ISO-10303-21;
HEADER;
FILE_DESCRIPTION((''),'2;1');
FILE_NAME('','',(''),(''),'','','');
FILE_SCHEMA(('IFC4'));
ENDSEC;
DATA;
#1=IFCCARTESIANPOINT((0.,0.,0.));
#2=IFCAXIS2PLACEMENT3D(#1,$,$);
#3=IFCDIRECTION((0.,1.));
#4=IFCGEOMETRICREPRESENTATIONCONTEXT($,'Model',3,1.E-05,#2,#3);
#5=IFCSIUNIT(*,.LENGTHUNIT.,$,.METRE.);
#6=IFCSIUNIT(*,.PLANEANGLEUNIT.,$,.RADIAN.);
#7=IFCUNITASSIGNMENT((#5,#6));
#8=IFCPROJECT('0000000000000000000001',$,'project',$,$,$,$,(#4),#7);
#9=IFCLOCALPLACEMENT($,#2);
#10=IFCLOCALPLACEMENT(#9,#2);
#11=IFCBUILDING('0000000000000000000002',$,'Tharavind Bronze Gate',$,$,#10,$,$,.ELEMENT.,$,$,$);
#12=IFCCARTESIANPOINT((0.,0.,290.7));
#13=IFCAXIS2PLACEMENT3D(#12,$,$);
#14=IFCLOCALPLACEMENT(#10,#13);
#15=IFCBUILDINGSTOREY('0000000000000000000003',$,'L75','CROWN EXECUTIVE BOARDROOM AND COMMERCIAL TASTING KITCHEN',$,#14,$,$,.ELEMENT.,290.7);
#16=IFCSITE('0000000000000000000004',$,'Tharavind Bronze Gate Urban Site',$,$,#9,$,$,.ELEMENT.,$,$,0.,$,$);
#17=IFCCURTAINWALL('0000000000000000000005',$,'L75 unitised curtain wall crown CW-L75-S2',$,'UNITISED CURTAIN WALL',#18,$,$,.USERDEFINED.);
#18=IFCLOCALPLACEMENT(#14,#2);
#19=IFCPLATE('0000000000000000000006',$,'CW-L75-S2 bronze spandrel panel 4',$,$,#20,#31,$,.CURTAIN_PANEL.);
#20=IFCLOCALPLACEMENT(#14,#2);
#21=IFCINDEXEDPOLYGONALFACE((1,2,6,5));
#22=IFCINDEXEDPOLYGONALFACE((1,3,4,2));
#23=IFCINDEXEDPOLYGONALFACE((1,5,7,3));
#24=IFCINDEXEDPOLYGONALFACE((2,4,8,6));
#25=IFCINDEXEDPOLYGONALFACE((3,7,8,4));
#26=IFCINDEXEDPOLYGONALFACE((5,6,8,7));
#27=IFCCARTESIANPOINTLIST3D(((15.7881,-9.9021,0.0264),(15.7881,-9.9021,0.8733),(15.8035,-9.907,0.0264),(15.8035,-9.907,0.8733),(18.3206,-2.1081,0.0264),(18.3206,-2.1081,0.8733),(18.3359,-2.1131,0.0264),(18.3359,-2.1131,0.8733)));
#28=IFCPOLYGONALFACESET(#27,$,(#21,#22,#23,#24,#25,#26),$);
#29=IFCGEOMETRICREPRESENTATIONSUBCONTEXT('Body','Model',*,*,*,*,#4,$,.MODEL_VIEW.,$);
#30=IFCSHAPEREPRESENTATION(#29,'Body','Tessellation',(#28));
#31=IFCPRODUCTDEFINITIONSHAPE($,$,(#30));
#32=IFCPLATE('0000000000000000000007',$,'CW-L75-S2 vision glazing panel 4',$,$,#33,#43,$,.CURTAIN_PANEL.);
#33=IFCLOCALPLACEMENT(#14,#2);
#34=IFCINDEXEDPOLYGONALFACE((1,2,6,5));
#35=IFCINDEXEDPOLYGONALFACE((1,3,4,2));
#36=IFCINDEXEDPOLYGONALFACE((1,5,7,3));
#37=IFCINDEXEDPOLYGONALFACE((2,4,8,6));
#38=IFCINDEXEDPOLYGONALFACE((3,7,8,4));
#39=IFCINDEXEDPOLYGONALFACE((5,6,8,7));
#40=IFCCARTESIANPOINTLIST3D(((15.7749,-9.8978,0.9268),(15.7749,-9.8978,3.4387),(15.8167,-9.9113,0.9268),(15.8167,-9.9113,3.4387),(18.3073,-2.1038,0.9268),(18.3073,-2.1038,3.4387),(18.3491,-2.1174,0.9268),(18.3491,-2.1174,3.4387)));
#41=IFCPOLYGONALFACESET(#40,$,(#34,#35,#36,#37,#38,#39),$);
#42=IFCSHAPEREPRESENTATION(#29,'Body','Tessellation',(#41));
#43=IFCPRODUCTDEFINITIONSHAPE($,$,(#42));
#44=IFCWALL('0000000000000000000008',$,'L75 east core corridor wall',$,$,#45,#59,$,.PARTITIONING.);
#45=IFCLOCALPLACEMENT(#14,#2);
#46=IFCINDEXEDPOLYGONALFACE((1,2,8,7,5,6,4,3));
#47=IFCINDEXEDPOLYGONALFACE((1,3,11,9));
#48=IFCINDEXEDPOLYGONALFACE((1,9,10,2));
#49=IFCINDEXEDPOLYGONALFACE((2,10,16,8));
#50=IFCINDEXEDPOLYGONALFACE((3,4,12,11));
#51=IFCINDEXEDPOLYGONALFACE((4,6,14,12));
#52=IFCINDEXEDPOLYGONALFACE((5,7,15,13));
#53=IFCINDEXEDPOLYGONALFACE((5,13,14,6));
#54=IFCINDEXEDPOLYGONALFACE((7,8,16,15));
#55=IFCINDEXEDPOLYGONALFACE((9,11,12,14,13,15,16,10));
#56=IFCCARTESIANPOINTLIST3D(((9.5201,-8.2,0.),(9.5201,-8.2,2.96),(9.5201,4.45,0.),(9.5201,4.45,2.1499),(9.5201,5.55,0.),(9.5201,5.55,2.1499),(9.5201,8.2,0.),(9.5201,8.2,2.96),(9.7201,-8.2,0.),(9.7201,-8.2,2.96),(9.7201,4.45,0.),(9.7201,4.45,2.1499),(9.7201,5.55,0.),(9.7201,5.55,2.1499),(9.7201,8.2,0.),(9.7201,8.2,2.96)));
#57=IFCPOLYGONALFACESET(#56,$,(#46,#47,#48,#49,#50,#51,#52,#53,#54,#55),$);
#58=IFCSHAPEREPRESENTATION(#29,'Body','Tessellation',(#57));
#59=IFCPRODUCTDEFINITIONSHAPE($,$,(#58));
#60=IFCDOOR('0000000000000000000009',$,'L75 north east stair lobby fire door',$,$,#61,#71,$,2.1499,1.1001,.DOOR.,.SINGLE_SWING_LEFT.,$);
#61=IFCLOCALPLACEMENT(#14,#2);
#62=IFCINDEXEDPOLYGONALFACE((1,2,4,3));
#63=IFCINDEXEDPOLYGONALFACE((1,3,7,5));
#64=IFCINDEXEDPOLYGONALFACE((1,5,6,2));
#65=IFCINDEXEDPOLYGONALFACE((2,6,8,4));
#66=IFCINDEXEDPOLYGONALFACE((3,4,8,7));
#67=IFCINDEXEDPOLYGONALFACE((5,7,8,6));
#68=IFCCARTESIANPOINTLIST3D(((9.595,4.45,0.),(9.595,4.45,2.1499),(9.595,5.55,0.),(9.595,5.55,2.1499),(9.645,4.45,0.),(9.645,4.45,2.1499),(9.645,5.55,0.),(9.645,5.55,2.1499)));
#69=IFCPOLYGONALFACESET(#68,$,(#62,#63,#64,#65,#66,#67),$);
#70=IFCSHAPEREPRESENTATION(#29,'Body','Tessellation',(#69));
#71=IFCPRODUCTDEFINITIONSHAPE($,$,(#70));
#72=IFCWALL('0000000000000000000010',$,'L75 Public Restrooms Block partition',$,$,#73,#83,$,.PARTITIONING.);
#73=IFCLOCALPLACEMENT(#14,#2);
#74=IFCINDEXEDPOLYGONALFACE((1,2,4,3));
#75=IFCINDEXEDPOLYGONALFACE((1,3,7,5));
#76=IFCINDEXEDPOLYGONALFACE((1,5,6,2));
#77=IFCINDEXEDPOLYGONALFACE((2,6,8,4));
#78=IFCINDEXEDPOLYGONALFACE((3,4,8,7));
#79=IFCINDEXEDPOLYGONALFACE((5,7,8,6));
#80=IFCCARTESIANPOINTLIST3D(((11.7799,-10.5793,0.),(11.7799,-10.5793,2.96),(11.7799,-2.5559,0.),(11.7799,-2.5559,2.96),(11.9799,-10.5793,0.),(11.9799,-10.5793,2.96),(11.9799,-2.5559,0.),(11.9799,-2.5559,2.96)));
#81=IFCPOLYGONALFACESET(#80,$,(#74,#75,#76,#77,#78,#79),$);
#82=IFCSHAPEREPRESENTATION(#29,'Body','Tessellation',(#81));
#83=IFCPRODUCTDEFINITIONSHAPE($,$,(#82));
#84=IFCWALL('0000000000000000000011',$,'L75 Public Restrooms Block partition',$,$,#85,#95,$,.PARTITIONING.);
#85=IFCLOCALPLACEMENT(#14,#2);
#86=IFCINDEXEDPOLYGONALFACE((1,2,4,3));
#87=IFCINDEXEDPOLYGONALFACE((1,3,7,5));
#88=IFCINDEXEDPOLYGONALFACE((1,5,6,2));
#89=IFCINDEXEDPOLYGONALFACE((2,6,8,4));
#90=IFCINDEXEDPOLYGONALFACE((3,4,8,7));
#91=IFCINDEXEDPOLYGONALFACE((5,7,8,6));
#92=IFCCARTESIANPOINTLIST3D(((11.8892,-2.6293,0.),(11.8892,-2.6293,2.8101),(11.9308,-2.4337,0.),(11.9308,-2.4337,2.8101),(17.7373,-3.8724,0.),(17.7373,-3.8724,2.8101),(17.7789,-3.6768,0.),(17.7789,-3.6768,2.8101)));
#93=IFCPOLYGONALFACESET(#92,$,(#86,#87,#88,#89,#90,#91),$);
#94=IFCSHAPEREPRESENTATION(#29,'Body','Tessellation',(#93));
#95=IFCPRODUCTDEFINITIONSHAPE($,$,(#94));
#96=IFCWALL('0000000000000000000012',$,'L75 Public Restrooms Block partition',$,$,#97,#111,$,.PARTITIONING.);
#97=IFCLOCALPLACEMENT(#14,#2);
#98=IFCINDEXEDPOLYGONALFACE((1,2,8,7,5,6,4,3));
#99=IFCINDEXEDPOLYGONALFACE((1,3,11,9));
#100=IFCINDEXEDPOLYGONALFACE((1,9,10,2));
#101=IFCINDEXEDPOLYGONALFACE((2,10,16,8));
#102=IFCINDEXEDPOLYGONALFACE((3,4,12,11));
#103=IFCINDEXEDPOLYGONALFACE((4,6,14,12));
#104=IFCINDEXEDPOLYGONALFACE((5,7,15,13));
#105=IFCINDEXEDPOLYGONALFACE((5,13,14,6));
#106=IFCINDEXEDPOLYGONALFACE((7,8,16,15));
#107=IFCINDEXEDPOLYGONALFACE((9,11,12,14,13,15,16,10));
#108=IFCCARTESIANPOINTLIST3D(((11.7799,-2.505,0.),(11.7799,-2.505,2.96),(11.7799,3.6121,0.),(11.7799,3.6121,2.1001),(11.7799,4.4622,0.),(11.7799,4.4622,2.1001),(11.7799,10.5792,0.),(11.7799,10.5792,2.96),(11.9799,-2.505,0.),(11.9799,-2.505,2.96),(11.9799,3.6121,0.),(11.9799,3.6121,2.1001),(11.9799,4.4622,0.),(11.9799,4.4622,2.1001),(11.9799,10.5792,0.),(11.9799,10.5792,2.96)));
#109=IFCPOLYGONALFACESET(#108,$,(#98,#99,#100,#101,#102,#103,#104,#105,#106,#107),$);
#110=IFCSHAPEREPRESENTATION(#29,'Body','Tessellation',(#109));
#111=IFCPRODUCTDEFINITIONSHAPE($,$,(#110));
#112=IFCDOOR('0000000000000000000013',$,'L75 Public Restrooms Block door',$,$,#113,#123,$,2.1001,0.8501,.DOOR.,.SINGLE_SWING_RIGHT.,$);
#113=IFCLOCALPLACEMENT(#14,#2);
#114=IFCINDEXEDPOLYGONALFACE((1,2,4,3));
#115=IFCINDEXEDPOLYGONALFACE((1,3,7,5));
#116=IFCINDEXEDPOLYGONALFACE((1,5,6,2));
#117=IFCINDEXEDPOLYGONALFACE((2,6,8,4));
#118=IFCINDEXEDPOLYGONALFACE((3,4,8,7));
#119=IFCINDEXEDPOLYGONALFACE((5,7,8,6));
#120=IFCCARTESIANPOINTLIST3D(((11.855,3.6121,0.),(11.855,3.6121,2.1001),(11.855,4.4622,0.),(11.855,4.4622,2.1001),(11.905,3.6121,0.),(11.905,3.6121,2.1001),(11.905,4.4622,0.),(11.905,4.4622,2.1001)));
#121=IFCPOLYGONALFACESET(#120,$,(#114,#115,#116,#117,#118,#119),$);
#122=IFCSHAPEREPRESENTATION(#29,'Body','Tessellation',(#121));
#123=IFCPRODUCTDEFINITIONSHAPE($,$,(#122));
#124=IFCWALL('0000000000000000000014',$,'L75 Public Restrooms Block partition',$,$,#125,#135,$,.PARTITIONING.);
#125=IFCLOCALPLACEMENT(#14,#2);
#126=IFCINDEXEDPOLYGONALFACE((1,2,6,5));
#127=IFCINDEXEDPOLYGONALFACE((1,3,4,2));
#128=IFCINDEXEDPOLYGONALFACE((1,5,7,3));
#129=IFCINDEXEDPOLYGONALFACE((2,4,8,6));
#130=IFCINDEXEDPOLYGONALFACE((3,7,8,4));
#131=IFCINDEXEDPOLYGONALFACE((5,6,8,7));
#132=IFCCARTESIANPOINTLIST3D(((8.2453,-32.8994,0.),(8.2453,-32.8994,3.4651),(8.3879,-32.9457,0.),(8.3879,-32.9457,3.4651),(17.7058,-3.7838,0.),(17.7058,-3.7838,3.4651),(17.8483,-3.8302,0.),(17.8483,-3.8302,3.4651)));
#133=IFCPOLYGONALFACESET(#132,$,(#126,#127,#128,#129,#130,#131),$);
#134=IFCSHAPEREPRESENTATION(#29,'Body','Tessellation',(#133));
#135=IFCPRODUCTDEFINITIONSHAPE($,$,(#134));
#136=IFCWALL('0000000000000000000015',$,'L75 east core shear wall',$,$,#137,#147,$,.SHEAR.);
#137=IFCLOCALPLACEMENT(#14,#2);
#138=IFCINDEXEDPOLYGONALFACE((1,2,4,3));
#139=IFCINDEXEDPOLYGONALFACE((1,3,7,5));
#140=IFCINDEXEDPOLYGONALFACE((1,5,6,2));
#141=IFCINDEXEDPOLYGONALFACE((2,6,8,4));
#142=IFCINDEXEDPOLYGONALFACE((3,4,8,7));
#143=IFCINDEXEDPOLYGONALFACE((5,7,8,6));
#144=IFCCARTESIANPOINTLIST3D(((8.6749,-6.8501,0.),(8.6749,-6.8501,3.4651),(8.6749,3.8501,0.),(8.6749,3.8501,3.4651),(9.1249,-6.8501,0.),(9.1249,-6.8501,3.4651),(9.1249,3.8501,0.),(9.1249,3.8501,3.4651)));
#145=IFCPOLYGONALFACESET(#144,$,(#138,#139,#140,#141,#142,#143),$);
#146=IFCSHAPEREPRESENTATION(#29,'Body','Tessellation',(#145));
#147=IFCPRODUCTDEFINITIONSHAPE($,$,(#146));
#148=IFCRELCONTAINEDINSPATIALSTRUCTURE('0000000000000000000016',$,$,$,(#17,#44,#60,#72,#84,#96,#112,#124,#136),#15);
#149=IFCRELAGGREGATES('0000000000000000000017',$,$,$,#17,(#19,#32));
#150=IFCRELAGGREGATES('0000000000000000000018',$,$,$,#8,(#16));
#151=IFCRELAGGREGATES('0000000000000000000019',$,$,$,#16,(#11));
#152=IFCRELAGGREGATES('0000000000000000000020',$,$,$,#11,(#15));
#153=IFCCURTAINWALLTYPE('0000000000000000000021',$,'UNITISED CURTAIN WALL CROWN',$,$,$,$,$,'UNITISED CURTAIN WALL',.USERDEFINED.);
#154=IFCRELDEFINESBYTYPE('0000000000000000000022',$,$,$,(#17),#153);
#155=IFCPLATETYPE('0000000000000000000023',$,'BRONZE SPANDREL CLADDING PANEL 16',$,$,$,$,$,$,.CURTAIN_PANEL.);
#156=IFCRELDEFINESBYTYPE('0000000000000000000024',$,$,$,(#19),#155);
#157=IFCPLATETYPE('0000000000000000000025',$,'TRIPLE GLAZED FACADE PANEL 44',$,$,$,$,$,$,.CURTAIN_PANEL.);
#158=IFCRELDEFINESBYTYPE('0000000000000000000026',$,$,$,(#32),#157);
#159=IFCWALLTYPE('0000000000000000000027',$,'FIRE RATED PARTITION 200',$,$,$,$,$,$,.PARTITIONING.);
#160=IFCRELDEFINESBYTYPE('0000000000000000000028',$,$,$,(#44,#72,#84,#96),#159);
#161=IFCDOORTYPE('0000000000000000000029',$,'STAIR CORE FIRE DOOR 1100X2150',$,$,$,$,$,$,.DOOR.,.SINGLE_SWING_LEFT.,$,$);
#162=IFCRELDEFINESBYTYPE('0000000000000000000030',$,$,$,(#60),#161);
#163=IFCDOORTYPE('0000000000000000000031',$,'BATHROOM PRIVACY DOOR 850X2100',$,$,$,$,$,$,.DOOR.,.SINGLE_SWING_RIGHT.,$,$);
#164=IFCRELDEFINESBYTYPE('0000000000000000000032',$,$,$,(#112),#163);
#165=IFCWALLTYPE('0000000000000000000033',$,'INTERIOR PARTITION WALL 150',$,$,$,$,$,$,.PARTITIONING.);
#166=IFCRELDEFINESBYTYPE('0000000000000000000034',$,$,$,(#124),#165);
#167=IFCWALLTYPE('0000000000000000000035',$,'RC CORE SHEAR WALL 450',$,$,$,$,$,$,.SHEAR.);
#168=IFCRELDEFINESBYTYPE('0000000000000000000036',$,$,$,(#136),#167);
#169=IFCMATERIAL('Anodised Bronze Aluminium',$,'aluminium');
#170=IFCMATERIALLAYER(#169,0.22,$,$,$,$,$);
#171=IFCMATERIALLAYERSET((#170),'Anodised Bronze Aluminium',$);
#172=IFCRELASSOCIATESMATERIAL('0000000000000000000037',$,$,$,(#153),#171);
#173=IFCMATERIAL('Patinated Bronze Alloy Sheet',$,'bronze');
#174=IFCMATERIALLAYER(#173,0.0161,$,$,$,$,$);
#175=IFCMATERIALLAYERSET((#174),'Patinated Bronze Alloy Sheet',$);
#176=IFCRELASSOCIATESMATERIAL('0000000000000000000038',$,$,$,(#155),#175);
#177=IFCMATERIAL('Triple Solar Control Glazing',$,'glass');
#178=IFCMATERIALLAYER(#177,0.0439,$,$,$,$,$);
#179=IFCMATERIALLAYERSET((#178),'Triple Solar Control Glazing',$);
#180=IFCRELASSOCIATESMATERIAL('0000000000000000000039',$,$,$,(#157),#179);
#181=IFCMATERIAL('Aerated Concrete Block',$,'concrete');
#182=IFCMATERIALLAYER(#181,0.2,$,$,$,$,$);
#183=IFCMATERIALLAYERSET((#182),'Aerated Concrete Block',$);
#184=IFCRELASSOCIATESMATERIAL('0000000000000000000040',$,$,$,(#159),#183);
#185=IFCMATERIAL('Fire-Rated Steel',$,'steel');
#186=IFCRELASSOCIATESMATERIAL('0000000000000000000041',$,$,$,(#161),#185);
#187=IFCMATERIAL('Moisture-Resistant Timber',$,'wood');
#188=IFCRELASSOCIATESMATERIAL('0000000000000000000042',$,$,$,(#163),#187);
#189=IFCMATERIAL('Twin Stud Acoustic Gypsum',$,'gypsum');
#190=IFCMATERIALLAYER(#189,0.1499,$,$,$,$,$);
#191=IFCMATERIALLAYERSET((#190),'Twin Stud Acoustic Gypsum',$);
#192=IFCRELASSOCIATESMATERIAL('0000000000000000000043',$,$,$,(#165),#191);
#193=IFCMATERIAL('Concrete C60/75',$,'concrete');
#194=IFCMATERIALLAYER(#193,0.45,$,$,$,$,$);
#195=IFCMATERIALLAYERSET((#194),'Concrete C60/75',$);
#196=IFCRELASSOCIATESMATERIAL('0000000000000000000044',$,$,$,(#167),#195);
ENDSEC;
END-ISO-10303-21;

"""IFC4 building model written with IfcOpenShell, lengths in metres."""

from ifc_helpers import new_model, si_unit, direction, frame, frame_2d, origin, origin_2d, place, context, subcontext, project, spatial, rectangle, extrude, material, layer, layer_set, type_object, element, fill, aggregate, save


model = new_model("IFC4")

# Units and contexts
model_context = context("Model", 3, precision=1e-05, world=origin(), true_north=direction((0.0, 1.0)))
body_context = subcontext(model_context, "Body", "Model", "MODEL_VIEW")
ifc_project = project(units=[si_unit("LENGTHUNIT", "METRE"), si_unit("PLANEANGLEUNIT", "RADIAN")], contexts=[model_context])

# Site, building, storey
site_placement = place(None, origin())
site = spatial("IfcSite", under=ifc_project, at=site_placement, Name="Tharavind Bronze Gate Urban Site", CompositionType="ELEMENT", RefElevation=0.0)
building_placement = place(site_placement, origin())
building = spatial("IfcBuilding", under=site, at=building_placement, Name="Tharavind Bronze Gate", CompositionType="ELEMENT")
storey_placement = place(building_placement, frame((0.0, 0.0, 290.7)))
storey = spatial("IfcBuildingStorey", under=building, at=storey_placement, Name="L75", Description="CROWN EXECUTIVE BOARDROOM AND COMMERCIAL TASTING KITCHEN", CompositionType="ELEMENT", Elevation=290.7)

# Curtain wall
ifc_material_1 = material(Name="Anodised Bronze Aluminium", Category="aluminium")
ifc_layer_1 = layer(ifc_material_1, 0.22)
ifc_layer_set_1 = layer_set([ifc_layer_1], Name="Anodised Bronze Aluminium")
curtain_wall_type = type_object("IfcCurtainWallType", Name="UNITISED CURTAIN WALL CROWN", ElementType="UNITISED CURTAIN WALL", PredefinedType="USERDEFINED", material=ifc_layer_set_1)
curtain_wall_placement = place(storey_placement, origin())
curtain_wall = element("IfcCurtainWall", 1, at=curtain_wall_placement, inside=storey, type_object=curtain_wall_type, Name="L75 unitised curtain wall crown CW-L75-S2", ObjectType="UNITISED CURTAIN WALL", PredefinedType="USERDEFINED")

# Plates
ifc_material_2 = material(Name="Patinated Bronze Alloy Sheet", Category="bronze")
ifc_layer_2 = layer(ifc_material_2, 0.0161)
ifc_layer_set_2 = layer_set([ifc_layer_2], Name="Patinated Bronze Alloy Sheet")
plate_type_1 = type_object("IfcPlateType", Name="BRONZE SPANDREL CLADDING PANEL 16", PredefinedType="CURTAIN_PANEL", material=ifc_layer_set_2)
plate_1_placement = place(storey_placement, frame((17.062, -6.0076, 0.0264), z_axis=(0.0, 0.0, 1.0), x_axis=(0.309017, 0.951057, 0.0)))
plate_1 = element("IfcPlate", 2, at=plate_1_placement, type_object=plate_type_1, Name="CW-L75-S2 bronze spandrel panel 4", PredefinedType="CURTAIN_PANEL", context=body_context, shape_type="SweptSolid", body=[
    extrude(rectangle(XDim=8.1951, YDim=0.0161, at=origin_2d()), origin(), (0.0, 0.0, 1.0), 0.8469),
])
ifc_material_3 = material(Name="Triple Solar Control Glazing", Category="glass")
ifc_layer_3 = layer(ifc_material_3, 0.0439)
ifc_layer_set_3 = layer_set([ifc_layer_3], Name="Triple Solar Control Glazing")
plate_type_2 = type_object("IfcPlateType", Name="TRIPLE GLAZED FACADE PANEL 44", PredefinedType="CURTAIN_PANEL", material=ifc_layer_set_3)
plate_2_placement = place(storey_placement, frame((17.062, -6.0076, 0.9268), z_axis=(0.0, 0.0, 1.0), x_axis=(0.309017, 0.951057, 0.0)))
plate_2 = element("IfcPlate", 3, at=plate_2_placement, type_object=plate_type_2, Name="CW-L75-S2 vision glazing panel 4", PredefinedType="CURTAIN_PANEL", context=body_context, shape_type="SweptSolid", body=[
    extrude(rectangle(XDim=8.1951, YDim=0.0439, at=origin_2d()), origin(), (0.0, 0.0, 1.0), 2.512),
])
aggregate(curtain_wall, [plate_1, plate_2])

# Wall, opening, door
ifc_material_4 = material(Name="Aerated Concrete Block", Category="concrete")
ifc_layer_4 = layer(ifc_material_4, 0.2)
ifc_layer_set_4 = layer_set([ifc_layer_4], Name="Aerated Concrete Block")
wall_type_1 = type_object("IfcWallType", Name="FIRE RATED PARTITION 200", PredefinedType="PARTITIONING", material=ifc_layer_set_4)
wall_1_placement = place(storey_placement, frame((9.6201, -8.2, 0.0), z_axis=(0.0, 0.0, 1.0), x_axis=(0.0, 1.0, 0.0)))
wall_1 = element("IfcWall", 4, at=wall_1_placement, inside=storey, type_object=wall_type_1, Name="L75 east core corridor wall", PredefinedType="PARTITIONING", context=body_context, shape_type="SweptSolid", body=[
    extrude(rectangle(XDim=16.3999, YDim=0.2, at=frame_2d((8.2, 0.0))), origin(), (0.0, 0.0, 1.0), 2.96),
])
opening_1_placement = place(wall_1_placement, frame((12.6499, 0.0, 0.0)))
opening_1 = element("IfcOpeningElement", 5, at=opening_1_placement, cuts=wall_1, PredefinedType="OPENING", context=body_context, shape_type="SweptSolid", body=[
    extrude(rectangle(XDim=1.1001, YDim=2.1499, at=frame_2d((0.55, 1.075))), frame((0.0, 0.1101, 0.0), z_axis=(0.0, -1.0, 0.0), x_axis=(1.0, 0.0, 0.0)), (0.0, 0.0, 1.0), 0.22),
])
ifc_material_5 = material(Name="Fire-Rated Steel", Category="steel")
door_type_1 = type_object("IfcDoorType", Name="STAIR CORE FIRE DOOR 1100X2150", OperationType="SINGLE_SWING_LEFT", PredefinedType="DOOR", material=ifc_material_5)
door_1_placement = place(opening_1_placement, frame((1.1001, 0.0, 0.0), z_axis=(0.0, 0.0, 1.0), x_axis=(-1.0, 0.0, 0.0)))
door_1 = element("IfcDoor", 6, at=door_1_placement, inside=storey, type_object=door_type_1, Name="L75 north east stair lobby fire door", OperationType="SINGLE_SWING_LEFT", OverallHeight=2.1499, OverallWidth=1.1001, PredefinedType="DOOR", context=body_context, shape_type="SweptSolid", body=[
    extrude(rectangle(XDim=1.1001, YDim=2.1499, at=frame_2d((0.55, 1.075))), frame((0.0, 0.0249, 0.0), z_axis=(0.0, -1.0, 0.0), x_axis=(1.0, 0.0, 0.0)), (0.0, 0.0, 1.0), 0.05),
])
fill(opening_1, door_1)

# Walls
wall_2_placement = place(storey_placement, frame((11.8799, -10.5793, 0.0), z_axis=(0.0, 0.0, 1.0), x_axis=(0.0, 1.0, 0.0)))
element("IfcWall", 7, at=wall_2_placement, inside=storey, type_object=wall_type_1, Name="L75 Public Restrooms Block partition", PredefinedType="PARTITIONING", context=body_context, shape_type="SweptSolid", body=[
    extrude(rectangle(XDim=8.0234, YDim=0.2, at=frame_2d((4.0117, 0.0))), origin(), (0.0, 0.0, 1.0), 2.96),
])
wall_3_placement = place(storey_placement, frame((11.9102, -2.5315, 0.0), z_axis=(0.0, 0.0, 1.0), x_axis=(0.978144, -0.207928, 0.0)))
element("IfcWall", 8, at=wall_3_placement, inside=storey, type_object=wall_type_1, Name="L75 Public Restrooms Block partition", PredefinedType="PARTITIONING", context=body_context, shape_type="SweptSolid", body=[
    extrude(rectangle(XDim=5.9788, YDim=0.2, at=frame_2d((2.9893, 0.0))), origin(), (0.0, 0.0, 1.0), 2.8101),
])

# Wall, opening, door
wall_4_placement = place(storey_placement, frame((11.8799, -2.5049, 0.0), z_axis=(0.0, 0.0, 1.0), x_axis=(0.0, 1.0, 0.0)))
wall_4 = element("IfcWall", 9, at=wall_4_placement, inside=storey, type_object=wall_type_1, Name="L75 Public Restrooms Block partition", PredefinedType="PARTITIONING", context=body_context, shape_type="SweptSolid", body=[
    extrude(rectangle(XDim=13.0842, YDim=0.2, at=frame_2d((6.542, 0.0))), origin(), (0.0, 0.0, 1.0), 2.96),
])
opening_2_placement = place(wall_4_placement, frame((6.1169, 0.0, 0.0)))
opening_2 = element("IfcOpeningElement", 10, at=opening_2_placement, cuts=wall_4, PredefinedType="OPENING", context=body_context, shape_type="SweptSolid", body=[
    extrude(rectangle(XDim=0.8501, YDim=2.1001, at=frame_2d((0.425, 1.05))), frame((0.0, 0.1101, 0.0), z_axis=(0.0, -1.0, 0.0), x_axis=(1.0, 0.0, 0.0)), (0.0, 0.0, 1.0), 0.22),
])
ifc_material_6 = material(Name="Moisture-Resistant Timber", Category="wood")
door_type_2 = type_object("IfcDoorType", Name="BATHROOM PRIVACY DOOR 850X2100", OperationType="SINGLE_SWING_RIGHT", PredefinedType="DOOR", material=ifc_material_6)
door_2_placement = place(opening_2_placement, origin())
door_2 = element("IfcDoor", 11, at=door_2_placement, inside=storey, type_object=door_type_2, Name="L75 Public Restrooms Block door", OperationType="SINGLE_SWING_RIGHT", OverallHeight=2.1001, OverallWidth=0.8501, PredefinedType="DOOR", context=body_context, shape_type="SweptSolid", body=[
    extrude(rectangle(XDim=0.8501, YDim=2.1001, at=frame_2d((0.425, 1.05))), frame((0.0, 0.0249, 0.0), z_axis=(0.0, -1.0, 0.0), x_axis=(1.0, 0.0, 0.0)), (0.0, 0.0, 1.0), 0.05),
])
fill(opening_2, door_2)

# Walls
ifc_material_7 = material(Name="Twin Stud Acoustic Gypsum", Category="gypsum")
ifc_layer_5 = layer(ifc_material_7, 0.1499)
ifc_layer_set_5 = layer_set([ifc_layer_5], Name="Twin Stud Acoustic Gypsum")
wall_type_2 = type_object("IfcWallType", Name="INTERIOR PARTITION WALL 150", PredefinedType="PARTITIONING", material=ifc_layer_set_5)
wall_5_placement = place(storey_placement, frame((17.7771, -3.8069, 0.0), z_axis=(0.0, 0.0, 1.0), x_axis=(-0.309025, -0.951054, 0.0)))
element("IfcWall", 12, at=wall_5_placement, inside=storey, type_object=wall_type_2, Name="L75 Public Restrooms Block partition", PredefinedType="PARTITIONING", context=body_context, shape_type="SweptSolid", body=[
    extrude(rectangle(XDim=30.614, YDim=0.1499, at=frame_2d((15.3071, 0.0))), origin(), (0.0, 0.0, 1.0), 3.4651),
])
ifc_material_8 = material(Name="Concrete C60/75", Category="concrete")
ifc_layer_6 = layer(ifc_material_8, 0.45)
ifc_layer_set_6 = layer_set([ifc_layer_6], Name="Concrete C60/75")
wall_type_3 = type_object("IfcWallType", Name="RC CORE SHEAR WALL 450", PredefinedType="SHEAR", material=ifc_layer_set_6)
wall_6_placement = place(storey_placement, frame((8.8999, -6.8501, 0.0), z_axis=(0.0, 0.0, 1.0), x_axis=(0.0, 1.0, 0.0)))
element("IfcWall", 13, at=wall_6_placement, inside=storey, type_object=wall_type_3, Name="L75 east core shear wall", PredefinedType="SHEAR", context=body_context, shape_type="SweptSolid", body=[
    extrude(rectangle(XDim=10.7002, YDim=0.45, at=frame_2d((5.3501, 0.0))), origin(), (0.0, 0.0, 1.0), 3.4651),
])

save(model, "model.ifc")
